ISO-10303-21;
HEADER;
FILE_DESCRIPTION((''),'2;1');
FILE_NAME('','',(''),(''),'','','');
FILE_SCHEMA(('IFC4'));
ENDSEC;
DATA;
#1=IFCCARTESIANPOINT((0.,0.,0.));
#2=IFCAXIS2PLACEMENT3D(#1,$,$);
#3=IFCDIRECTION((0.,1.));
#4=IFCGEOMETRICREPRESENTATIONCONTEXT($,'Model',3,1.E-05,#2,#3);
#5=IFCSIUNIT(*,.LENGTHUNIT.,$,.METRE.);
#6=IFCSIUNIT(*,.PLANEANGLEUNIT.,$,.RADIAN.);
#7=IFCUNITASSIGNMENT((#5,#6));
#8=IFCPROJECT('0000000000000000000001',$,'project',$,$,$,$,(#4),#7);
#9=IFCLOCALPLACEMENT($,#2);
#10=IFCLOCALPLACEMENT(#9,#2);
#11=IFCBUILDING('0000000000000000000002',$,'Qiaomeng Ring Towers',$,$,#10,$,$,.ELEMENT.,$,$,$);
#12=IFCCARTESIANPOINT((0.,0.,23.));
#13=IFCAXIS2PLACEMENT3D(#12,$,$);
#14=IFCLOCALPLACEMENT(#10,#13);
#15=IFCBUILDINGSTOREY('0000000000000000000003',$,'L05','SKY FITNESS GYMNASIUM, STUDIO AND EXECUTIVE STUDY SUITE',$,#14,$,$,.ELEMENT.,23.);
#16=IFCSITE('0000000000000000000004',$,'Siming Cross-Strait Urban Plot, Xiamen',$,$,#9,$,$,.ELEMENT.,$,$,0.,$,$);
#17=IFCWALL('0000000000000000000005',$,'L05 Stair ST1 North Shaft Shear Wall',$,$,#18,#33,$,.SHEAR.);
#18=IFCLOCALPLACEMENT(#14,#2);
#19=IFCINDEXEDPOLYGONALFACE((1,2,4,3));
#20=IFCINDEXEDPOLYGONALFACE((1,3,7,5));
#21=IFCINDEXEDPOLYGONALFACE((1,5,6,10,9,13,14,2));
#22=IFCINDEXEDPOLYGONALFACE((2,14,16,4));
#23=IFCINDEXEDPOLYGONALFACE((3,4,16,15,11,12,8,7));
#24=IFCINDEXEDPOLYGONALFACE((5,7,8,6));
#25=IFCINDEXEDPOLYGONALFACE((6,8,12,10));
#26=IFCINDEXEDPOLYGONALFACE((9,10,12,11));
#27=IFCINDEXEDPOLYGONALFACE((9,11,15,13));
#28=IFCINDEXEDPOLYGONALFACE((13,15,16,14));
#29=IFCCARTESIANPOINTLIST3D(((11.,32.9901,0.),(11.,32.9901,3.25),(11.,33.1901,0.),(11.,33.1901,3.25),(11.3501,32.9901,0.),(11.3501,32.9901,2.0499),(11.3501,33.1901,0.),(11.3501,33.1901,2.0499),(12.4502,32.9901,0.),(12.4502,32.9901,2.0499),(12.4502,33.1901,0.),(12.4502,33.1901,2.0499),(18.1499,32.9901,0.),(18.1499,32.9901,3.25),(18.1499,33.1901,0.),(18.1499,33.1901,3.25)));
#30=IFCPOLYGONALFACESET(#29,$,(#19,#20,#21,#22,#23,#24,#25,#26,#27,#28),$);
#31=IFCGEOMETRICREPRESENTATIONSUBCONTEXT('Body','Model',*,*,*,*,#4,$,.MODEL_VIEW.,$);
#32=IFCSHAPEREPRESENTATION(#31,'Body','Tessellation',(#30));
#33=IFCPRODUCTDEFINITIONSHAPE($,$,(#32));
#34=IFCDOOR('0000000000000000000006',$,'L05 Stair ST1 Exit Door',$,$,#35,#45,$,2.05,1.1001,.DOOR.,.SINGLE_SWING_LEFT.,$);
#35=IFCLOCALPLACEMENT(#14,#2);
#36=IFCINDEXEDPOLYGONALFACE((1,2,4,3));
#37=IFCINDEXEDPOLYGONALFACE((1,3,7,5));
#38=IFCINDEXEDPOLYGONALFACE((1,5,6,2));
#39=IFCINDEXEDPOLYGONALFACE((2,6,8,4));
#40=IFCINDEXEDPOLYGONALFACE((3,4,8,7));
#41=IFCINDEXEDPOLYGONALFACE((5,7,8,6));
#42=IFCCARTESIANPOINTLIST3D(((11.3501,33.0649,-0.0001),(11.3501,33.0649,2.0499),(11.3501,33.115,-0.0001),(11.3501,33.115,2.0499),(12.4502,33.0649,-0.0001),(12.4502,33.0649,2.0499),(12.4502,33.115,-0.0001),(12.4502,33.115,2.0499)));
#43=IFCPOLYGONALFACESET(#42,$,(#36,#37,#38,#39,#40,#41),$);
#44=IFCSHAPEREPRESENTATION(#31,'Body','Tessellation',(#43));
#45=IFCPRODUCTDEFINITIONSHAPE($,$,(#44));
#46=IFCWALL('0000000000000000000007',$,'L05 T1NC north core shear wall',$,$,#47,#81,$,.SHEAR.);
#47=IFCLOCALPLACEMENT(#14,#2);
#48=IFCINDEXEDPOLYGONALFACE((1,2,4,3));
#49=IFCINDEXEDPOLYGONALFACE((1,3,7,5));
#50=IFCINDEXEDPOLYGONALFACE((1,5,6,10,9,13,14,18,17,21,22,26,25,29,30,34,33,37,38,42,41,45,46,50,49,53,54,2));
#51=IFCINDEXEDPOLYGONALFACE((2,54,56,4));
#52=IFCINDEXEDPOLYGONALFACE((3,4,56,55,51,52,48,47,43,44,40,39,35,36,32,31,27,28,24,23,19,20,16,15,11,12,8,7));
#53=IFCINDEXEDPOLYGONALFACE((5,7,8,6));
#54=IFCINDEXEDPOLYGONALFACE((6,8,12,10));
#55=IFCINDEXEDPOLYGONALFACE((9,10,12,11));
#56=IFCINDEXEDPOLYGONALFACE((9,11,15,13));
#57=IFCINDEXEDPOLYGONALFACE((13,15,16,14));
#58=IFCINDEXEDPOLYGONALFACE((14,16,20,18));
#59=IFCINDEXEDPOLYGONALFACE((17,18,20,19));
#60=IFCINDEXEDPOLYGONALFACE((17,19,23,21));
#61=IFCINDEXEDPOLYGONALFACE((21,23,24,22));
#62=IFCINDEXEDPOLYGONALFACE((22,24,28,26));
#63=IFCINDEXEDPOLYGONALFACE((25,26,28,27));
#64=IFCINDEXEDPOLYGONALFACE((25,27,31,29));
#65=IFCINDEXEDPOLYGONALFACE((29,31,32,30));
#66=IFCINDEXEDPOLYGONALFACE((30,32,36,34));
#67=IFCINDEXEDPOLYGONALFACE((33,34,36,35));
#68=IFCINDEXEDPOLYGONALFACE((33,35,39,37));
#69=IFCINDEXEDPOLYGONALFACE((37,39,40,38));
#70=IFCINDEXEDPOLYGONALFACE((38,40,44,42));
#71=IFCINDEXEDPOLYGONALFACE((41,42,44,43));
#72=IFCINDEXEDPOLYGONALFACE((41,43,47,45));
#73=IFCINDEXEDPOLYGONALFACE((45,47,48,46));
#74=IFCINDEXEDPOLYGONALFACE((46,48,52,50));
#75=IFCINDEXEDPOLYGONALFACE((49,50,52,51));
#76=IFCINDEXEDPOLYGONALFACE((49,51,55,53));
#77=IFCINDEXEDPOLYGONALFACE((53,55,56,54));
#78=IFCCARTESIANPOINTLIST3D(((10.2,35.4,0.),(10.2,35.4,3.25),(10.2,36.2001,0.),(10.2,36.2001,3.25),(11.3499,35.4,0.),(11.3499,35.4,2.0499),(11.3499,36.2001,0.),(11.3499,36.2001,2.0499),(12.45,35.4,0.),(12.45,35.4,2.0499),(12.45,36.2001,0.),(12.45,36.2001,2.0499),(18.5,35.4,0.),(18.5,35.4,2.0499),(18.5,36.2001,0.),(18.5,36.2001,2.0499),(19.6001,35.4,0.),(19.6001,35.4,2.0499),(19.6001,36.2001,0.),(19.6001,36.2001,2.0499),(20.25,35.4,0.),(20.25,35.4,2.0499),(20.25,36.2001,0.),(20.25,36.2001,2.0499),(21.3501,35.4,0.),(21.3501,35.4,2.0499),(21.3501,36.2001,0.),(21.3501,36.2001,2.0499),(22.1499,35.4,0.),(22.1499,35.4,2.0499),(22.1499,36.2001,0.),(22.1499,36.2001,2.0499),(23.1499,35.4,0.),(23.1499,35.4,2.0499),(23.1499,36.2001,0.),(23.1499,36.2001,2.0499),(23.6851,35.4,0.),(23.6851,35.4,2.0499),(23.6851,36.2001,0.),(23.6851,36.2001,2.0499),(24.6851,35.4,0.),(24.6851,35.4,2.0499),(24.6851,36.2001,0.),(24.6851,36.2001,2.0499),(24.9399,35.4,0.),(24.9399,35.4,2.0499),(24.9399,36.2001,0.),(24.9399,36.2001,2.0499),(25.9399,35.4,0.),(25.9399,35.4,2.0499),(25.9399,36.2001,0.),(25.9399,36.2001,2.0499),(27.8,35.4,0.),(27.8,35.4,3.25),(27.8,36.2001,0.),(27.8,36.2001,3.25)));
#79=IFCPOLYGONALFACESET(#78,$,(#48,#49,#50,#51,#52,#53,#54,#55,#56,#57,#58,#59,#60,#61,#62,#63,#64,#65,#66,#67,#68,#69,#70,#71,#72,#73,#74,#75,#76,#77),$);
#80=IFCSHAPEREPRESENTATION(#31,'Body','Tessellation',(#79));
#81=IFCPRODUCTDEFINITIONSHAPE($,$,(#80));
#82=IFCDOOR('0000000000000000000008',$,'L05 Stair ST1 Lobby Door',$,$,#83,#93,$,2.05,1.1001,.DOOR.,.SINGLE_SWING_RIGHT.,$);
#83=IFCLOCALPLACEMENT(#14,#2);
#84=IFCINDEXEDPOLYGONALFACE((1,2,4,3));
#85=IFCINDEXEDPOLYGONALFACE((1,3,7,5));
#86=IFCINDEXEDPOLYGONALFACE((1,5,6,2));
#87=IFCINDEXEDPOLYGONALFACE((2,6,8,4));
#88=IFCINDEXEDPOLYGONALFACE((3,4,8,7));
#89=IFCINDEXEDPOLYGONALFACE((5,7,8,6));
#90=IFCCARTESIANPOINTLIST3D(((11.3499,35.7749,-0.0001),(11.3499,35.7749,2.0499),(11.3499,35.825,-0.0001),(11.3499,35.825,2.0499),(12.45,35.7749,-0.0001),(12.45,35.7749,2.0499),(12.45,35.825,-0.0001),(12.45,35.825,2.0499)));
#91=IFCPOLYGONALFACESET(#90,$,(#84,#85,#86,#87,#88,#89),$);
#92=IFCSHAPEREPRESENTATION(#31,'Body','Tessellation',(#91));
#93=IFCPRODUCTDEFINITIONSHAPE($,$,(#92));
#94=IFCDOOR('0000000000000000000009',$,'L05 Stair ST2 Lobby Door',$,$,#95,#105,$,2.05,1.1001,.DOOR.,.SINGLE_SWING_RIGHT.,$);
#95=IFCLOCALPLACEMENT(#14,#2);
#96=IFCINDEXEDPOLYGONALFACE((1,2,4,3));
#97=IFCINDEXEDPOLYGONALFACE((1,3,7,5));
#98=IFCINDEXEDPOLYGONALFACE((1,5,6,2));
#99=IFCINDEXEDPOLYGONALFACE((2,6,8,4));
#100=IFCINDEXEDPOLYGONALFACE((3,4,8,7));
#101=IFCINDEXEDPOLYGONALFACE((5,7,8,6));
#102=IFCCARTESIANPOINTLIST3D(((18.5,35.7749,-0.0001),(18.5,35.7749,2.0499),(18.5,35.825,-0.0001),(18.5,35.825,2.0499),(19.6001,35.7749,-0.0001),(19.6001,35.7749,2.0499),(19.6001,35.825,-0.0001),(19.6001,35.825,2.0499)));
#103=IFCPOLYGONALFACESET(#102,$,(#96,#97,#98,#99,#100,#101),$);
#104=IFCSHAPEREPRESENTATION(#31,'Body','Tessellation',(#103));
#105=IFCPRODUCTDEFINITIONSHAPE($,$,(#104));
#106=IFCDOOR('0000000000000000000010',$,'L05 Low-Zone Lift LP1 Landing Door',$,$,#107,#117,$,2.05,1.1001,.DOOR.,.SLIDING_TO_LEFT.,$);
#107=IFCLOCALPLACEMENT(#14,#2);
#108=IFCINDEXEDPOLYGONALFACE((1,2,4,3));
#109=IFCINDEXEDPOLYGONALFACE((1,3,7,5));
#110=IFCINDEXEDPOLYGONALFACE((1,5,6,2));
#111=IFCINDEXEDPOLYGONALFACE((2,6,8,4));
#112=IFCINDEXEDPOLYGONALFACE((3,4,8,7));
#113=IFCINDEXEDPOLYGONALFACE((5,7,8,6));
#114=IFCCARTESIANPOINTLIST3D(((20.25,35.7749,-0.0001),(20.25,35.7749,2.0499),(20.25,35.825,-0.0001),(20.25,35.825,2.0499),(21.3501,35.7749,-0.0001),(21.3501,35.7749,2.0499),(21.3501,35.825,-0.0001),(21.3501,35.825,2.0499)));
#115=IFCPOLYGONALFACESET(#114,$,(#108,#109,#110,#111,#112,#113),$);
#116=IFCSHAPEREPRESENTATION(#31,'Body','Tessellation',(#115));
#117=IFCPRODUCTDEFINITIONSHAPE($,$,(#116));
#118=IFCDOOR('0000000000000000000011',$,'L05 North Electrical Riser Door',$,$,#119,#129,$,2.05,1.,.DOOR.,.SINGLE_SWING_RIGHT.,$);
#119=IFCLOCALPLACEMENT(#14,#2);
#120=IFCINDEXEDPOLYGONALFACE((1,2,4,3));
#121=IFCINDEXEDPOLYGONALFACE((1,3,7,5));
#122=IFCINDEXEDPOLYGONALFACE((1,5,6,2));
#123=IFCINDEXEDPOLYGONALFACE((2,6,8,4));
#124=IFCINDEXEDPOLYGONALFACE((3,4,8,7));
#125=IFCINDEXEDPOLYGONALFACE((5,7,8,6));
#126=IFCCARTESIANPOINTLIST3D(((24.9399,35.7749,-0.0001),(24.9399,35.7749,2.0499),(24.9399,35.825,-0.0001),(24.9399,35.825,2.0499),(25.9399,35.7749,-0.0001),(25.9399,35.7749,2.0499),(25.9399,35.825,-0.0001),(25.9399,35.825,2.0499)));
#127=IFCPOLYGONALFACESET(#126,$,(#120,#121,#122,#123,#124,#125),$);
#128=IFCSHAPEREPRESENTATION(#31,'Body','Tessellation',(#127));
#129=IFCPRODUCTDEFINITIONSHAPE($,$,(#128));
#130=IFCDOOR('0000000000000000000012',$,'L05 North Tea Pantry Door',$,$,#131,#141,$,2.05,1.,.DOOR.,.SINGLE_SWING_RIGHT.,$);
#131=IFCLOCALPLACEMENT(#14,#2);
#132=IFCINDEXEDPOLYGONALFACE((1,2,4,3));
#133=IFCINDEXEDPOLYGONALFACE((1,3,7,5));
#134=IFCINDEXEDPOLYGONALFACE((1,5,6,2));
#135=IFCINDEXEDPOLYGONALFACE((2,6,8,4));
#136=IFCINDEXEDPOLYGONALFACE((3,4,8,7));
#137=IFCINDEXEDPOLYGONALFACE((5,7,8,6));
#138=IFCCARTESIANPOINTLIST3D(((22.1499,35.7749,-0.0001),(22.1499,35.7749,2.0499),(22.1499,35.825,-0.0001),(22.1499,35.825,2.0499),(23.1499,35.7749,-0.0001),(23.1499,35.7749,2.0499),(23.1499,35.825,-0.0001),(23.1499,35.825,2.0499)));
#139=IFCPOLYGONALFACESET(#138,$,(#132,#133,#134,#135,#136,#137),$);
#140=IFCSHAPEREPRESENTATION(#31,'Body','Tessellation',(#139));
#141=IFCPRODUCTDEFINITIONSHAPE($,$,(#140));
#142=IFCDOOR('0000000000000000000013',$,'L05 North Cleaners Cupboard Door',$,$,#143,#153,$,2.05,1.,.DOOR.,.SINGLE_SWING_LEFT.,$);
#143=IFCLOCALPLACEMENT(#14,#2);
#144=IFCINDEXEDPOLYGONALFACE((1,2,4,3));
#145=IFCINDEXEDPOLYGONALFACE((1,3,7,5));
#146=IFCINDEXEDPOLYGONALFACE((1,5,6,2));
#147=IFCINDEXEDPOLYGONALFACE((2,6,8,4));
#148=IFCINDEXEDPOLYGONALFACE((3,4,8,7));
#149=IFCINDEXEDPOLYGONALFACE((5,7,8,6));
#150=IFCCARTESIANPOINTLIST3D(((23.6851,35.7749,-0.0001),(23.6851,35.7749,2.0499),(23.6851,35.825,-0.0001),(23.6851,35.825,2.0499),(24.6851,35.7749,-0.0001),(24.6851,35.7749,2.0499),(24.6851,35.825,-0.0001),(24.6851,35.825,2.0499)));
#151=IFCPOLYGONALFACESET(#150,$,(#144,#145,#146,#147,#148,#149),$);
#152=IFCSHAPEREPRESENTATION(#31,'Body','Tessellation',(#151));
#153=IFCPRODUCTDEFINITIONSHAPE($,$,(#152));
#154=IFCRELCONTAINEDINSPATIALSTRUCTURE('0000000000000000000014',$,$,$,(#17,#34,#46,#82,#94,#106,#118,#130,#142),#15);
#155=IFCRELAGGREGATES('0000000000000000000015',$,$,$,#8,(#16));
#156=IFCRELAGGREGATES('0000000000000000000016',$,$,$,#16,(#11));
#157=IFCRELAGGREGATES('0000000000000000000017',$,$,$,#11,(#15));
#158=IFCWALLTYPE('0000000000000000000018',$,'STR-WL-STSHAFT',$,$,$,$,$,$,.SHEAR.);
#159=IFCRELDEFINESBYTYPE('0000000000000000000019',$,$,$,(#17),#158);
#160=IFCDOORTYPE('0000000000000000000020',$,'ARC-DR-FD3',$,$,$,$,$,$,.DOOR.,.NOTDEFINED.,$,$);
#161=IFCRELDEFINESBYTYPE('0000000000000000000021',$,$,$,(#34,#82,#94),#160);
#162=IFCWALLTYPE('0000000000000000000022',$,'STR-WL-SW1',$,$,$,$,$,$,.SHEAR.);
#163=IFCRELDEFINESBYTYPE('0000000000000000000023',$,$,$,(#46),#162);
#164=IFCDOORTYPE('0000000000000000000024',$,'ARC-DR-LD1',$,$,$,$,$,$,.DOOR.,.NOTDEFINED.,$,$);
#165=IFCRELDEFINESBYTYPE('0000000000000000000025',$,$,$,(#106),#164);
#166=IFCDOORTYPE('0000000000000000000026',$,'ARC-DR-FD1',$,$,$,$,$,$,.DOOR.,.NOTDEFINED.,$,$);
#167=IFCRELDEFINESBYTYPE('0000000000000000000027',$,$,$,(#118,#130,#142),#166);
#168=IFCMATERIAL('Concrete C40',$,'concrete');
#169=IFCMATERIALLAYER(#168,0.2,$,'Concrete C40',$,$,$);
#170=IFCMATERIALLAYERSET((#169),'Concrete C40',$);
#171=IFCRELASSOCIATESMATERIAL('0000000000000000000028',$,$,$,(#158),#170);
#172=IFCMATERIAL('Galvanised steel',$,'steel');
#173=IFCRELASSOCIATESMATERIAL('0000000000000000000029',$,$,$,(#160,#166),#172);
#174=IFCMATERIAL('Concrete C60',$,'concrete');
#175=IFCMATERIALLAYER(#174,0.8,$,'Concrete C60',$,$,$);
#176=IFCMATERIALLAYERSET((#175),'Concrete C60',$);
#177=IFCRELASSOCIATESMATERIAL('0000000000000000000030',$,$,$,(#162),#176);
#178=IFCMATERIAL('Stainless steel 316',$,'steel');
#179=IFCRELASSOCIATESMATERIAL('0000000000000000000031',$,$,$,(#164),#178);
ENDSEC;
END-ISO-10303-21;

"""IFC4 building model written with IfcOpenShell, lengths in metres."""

from ifc_helpers import new_model, si_unit, direction, frame, frame_2d, origin, place, context, subcontext, project, spatial, rectangle, extrude, source, transform, mapped, material, layer, layer_set, type_object, element, fill, save


model = new_model("IFC4")

# Units and contexts
model_context = context("Model", 3, precision=1e-05, world=origin(), true_north=direction((0.0, 1.0)))
body_context = subcontext(model_context, "Body", "Model", "MODEL_VIEW")
ifc_project = project(units=[si_unit("LENGTHUNIT", "METRE"), si_unit("PLANEANGLEUNIT", "RADIAN")], contexts=[model_context])

# Site, building, storey
site_placement = place(None, origin())
site = spatial("IfcSite", under=ifc_project, at=site_placement, Name="Siming Cross-Strait Urban Plot, Xiamen", CompositionType="ELEMENT", RefElevation=0.0)
building_placement = place(site_placement, origin())
building = spatial("IfcBuilding", under=site, at=building_placement, Name="Qiaomeng Ring Towers", CompositionType="ELEMENT")
storey_placement = place(building_placement, frame((0.0, 0.0, 23.0)))
storey = spatial("IfcBuildingStorey", under=building, at=storey_placement, Name="L05", Description="SKY FITNESS GYMNASIUM, STUDIO AND EXECUTIVE STUDY SUITE", CompositionType="ELEMENT", Elevation=23.0)

# Shared definitions
shared_shape_1 = source(origin(), body_context, "Body", "SweptSolid", [
    extrude(rectangle(XDim=1.0, YDim=2.05, at=frame_2d((0.5, 1.0249))), frame((0.0, 0.0249, 0.0), z_axis=(0.0, -1.0, 0.0), x_axis=(1.0, 0.0, 0.0)), (0.0, 0.0, 1.0), 0.05),
])

# Shared definitions
ifc_material_1 = material(Name="Concrete C40", Category="concrete")
ifc_layer_1 = layer(ifc_material_1, 0.2, Name="Concrete C40")
ifc_layer_set_1 = layer_set([ifc_layer_1], Name="Concrete C40")
wall_type_1 = type_object("IfcWallType", Name="STR-WL-STSHAFT", PredefinedType="SHEAR", material=ifc_layer_set_1)

# Wall, opening, door
wall_1_placement = place(storey_placement, frame((11.0, 33.0901, 0.0), z_axis=(0.0, 0.0, 1.0), x_axis=(1.0, 0.0, 0.0)))
wall_1 = element("IfcWall", 1, at=wall_1_placement, inside=storey, type_object=wall_type_1, Name="L05 Stair ST1 North Shaft Shear Wall", PredefinedType="SHEAR", context=body_context, shape_type="SweptSolid", body=[
    extrude(rectangle(XDim=7.1499, YDim=0.2, at=frame_2d((3.575, 0.0))), origin(), (0.0, 0.0, 1.0), 3.25),
])
opening_1_placement = place(wall_1_placement, frame((0.3501, 0.0, 0.0)))
opening_1 = element("IfcOpeningElement", 2, at=opening_1_placement, cuts=wall_1, PredefinedType="OPENING", context=body_context, shape_type="SweptSolid", body=[
    extrude(rectangle(XDim=1.1001, YDim=2.05, at=frame_2d((0.55, 1.0249))), frame((0.0, 0.1099, 0.0), z_axis=(0.0, -1.0, 0.0), x_axis=(1.0, 0.0, 0.0)), (0.0, 0.0, 1.0), 0.22),
])
ifc_material_2 = material(Name="Galvanised steel", Category="steel")
door_type_1 = type_object("IfcDoorType", Name="ARC-DR-FD3", OperationType="NOTDEFINED", PredefinedType="DOOR", material=ifc_material_2)
shared_shape_2 = source(origin(), body_context, "Body", "SweptSolid", [
    extrude(rectangle(XDim=1.1001, YDim=2.05, at=frame_2d((0.55, 1.0249))), frame((0.0, 0.0249, 0.0), z_axis=(0.0, -1.0, 0.0), x_axis=(1.0, 0.0, 0.0)), (0.0, 0.0, 1.0), 0.05),
])
door_1_placement = place(opening_1_placement, origin())
door_1 = element("IfcDoor", 3, at=door_1_placement, inside=storey, type_object=door_type_1, Name="L05 Stair ST1 Exit Door", OperationType="SINGLE_SWING_LEFT", OverallHeight=2.05, OverallWidth=1.1001, PredefinedType="DOOR", context=body_context, shape_type="MappedRepresentation", body=[
    mapped(shared_shape_2, transform((0.0, 0.0, 0.0), x_axis=(1.0, 0.0, 0.0), y_axis=(0.0, 1.0, 0.0), z_axis=(0.0, 0.0, 1.0), scale=1.0)),
])
fill(opening_1, door_1)

# Wall, openings, doors
ifc_material_3 = material(Name="Concrete C60", Category="concrete")
ifc_layer_2 = layer(ifc_material_3, 0.8, Name="Concrete C60")
ifc_layer_set_2 = layer_set([ifc_layer_2], Name="Concrete C60")
wall_type_2 = type_object("IfcWallType", Name="STR-WL-SW1", PredefinedType="SHEAR", material=ifc_layer_set_2)
wall_2_placement = place(storey_placement, frame((10.2, 35.8, 0.0), z_axis=(0.0, 0.0, 1.0), x_axis=(1.0, 0.0, 0.0)))
wall_2 = element("IfcWall", 4, at=wall_2_placement, inside=storey, type_object=wall_type_2, Name="L05 T1NC north core shear wall", PredefinedType="SHEAR", context=body_context, shape_type="SweptSolid", body=[
    extrude(rectangle(XDim=17.6001, YDim=0.8, at=frame_2d((8.8, 0.0))), origin(), (0.0, 0.0, 1.0), 3.25),
])
opening_2_placement = place(wall_2_placement, frame((1.1499, 0.0, 0.0)))
opening_2 = element("IfcOpeningElement", 5, at=opening_2_placement, cuts=wall_2, PredefinedType="OPENING", context=body_context, shape_type="SweptSolid", body=[
    extrude(rectangle(XDim=1.1001, YDim=2.05, at=frame_2d((0.55, 1.0249))), frame((0.0, 0.4099, 0.0), z_axis=(0.0, -1.0, 0.0), x_axis=(1.0, 0.0, 0.0)), (0.0, 0.0, 1.0), 0.8201),
])
opening_3_placement = place(wall_2_placement, frame((8.3, 0.0, 0.0)))
opening_3 = element("IfcOpeningElement", 6, at=opening_3_placement, cuts=wall_2, PredefinedType="OPENING", context=body_context, shape_type="SweptSolid", body=[
    extrude(rectangle(XDim=1.1001, YDim=2.05, at=frame_2d((0.55, 1.0249))), frame((0.0, 0.4099, 0.0), z_axis=(0.0, -1.0, 0.0), x_axis=(1.0, 0.0, 0.0)), (0.0, 0.0, 1.0), 0.8201),
])
opening_4_placement = place(wall_2_placement, frame((10.05, 0.0, 0.0)))
opening_4 = element("IfcOpeningElement", 7, at=opening_4_placement, cuts=wall_2, PredefinedType="OPENING", context=body_context, shape_type="SweptSolid", body=[
    extrude(rectangle(XDim=1.1001, YDim=2.05, at=frame_2d((0.55, 1.0249))), frame((0.0, 0.4099, 0.0), z_axis=(0.0, -1.0, 0.0), x_axis=(1.0, 0.0, 0.0)), (0.0, 0.0, 1.0), 0.8201),
])
opening_5_placement = place(wall_2_placement, frame((14.74, 0.0, 0.0)))
opening_5 = element("IfcOpeningElement", 8, at=opening_5_placement, cuts=wall_2, PredefinedType="OPENING", context=body_context, shape_type="SweptSolid", body=[
    extrude(rectangle(XDim=1.0, YDim=2.05, at=frame_2d((0.5, 1.0249))), frame((0.0, 0.4099, 0.0), z_axis=(0.0, -1.0, 0.0), x_axis=(1.0, 0.0, 0.0)), (0.0, 0.0, 1.0), 0.8201),
])
opening_6_placement = place(wall_2_placement, frame((11.95, 0.0, 0.0)))
opening_6 = element("IfcOpeningElement", 9, at=opening_6_placement, cuts=wall_2, PredefinedType="OPENING", context=body_context, shape_type="SweptSolid", body=[
    extrude(rectangle(XDim=1.0, YDim=2.05, at=frame_2d((0.5, 1.0249))), frame((0.0, 0.4099, 0.0), z_axis=(0.0, -1.0, 0.0), x_axis=(1.0, 0.0, 0.0)), (0.0, 0.0, 1.0), 0.8201),
])
opening_7_placement = place(wall_2_placement, frame((13.4851, 0.0, 0.0)))
opening_7 = element("IfcOpeningElement", 10, at=opening_7_placement, cuts=wall_2, PredefinedType="OPENING", context=body_context, shape_type="SweptSolid", body=[
    extrude(rectangle(XDim=1.0, YDim=2.05, at=frame_2d((0.5, 1.0249))), frame((0.0, 0.4099, 0.0), z_axis=(0.0, -1.0, 0.0), x_axis=(1.0, 0.0, 0.0)), (0.0, 0.0, 1.0), 0.8201),
])
door_2_placement = place(opening_2_placement, origin())
door_2 = element("IfcDoor", 11, at=door_2_placement, inside=storey, type_object=door_type_1, Name="L05 Stair ST1 Lobby Door", OperationType="SINGLE_SWING_RIGHT", OverallHeight=2.05, OverallWidth=1.1001, PredefinedType="DOOR", context=body_context, shape_type="MappedRepresentation", body=[
    mapped(shared_shape_2, transform((0.0, 0.0, 0.0), x_axis=(1.0, 0.0, 0.0), y_axis=(0.0, 1.0, 0.0), z_axis=(0.0, 0.0, 1.0), scale=1.0)),
])
fill(opening_2, door_2)
door_3_placement = place(opening_3_placement, origin())
door_3 = element("IfcDoor", 12, at=door_3_placement, inside=storey, type_object=door_type_1, Name="L05 Stair ST2 Lobby Door", OperationType="SINGLE_SWING_RIGHT", OverallHeight=2.05, OverallWidth=1.1001, PredefinedType="DOOR", context=body_context, shape_type="MappedRepresentation", body=[
    mapped(shared_shape_2, transform((0.0, 0.0, 0.0), x_axis=(1.0, 0.0, 0.0), y_axis=(0.0, 1.0, 0.0), z_axis=(0.0, 0.0, 1.0), scale=1.0)),
])
fill(opening_3, door_3)
ifc_material_4 = material(Name="Stainless steel 316", Category="steel")
door_type_2 = type_object("IfcDoorType", Name="ARC-DR-LD1", OperationType="NOTDEFINED", PredefinedType="DOOR", material=ifc_material_4)
door_4_placement = place(opening_4_placement, origin())
door_4 = element("IfcDoor", 13, at=door_4_placement, inside=storey, type_object=door_type_2, Name="L05 Low-Zone Lift LP1 Landing Door", OperationType="SLIDING_TO_LEFT", OverallHeight=2.05, OverallWidth=1.1001, PredefinedType="DOOR", context=body_context, shape_type="MappedRepresentation", body=[
    mapped(shared_shape_2, transform((0.0, 0.0, 0.0), x_axis=(1.0, 0.0, 0.0), y_axis=(0.0, 1.0, 0.0), z_axis=(0.0, 0.0, 1.0), scale=1.0)),
])
fill(opening_4, door_4)
door_type_3 = type_object("IfcDoorType", Name="ARC-DR-FD1", OperationType="NOTDEFINED", PredefinedType="DOOR", material=ifc_material_2)
door_5_placement = place(opening_5_placement, origin())
door_5 = element("IfcDoor", 14, at=door_5_placement, inside=storey, type_object=door_type_3, Name="L05 North Electrical Riser Door", OperationType="SINGLE_SWING_RIGHT", OverallHeight=2.05, OverallWidth=1.0, PredefinedType="DOOR", context=body_context, shape_type="MappedRepresentation", body=[
    mapped(shared_shape_1, transform((0.0, 0.0, 0.0), x_axis=(1.0, 0.0, 0.0), y_axis=(0.0, 1.0, 0.0), z_axis=(0.0, 0.0, 1.0), scale=1.0)),
])
fill(opening_5, door_5)
door_6_placement = place(opening_6_placement, origin())
door_6 = element("IfcDoor", 15, at=door_6_placement, inside=storey, type_object=door_type_3, Name="L05 North Tea Pantry Door", OperationType="SINGLE_SWING_RIGHT", OverallHeight=2.05, OverallWidth=1.0, PredefinedType="DOOR", context=body_context, shape_type="MappedRepresentation", body=[
    mapped(shared_shape_1, transform((0.0, 0.0, 0.0), x_axis=(1.0, 0.0, 0.0), y_axis=(0.0, 1.0, 0.0), z_axis=(0.0, 0.0, 1.0), scale=1.0)),
])
fill(opening_6, door_6)
door_7_placement = place(opening_7_placement, origin())
door_7 = element("IfcDoor", 16, at=door_7_placement, inside=storey, type_object=door_type_3, Name="L05 North Cleaners Cupboard Door", OperationType="SINGLE_SWING_LEFT", OverallHeight=2.05, OverallWidth=1.0, PredefinedType="DOOR", context=body_context, shape_type="MappedRepresentation", body=[
    mapped(shared_shape_1, transform((0.0, 0.0, 0.0), x_axis=(1.0, 0.0, 0.0), y_axis=(0.0, 1.0, 0.0), z_axis=(0.0, 0.0, 1.0), scale=1.0)),
])
fill(opening_7, door_7)

save(model, "model.ifc")
